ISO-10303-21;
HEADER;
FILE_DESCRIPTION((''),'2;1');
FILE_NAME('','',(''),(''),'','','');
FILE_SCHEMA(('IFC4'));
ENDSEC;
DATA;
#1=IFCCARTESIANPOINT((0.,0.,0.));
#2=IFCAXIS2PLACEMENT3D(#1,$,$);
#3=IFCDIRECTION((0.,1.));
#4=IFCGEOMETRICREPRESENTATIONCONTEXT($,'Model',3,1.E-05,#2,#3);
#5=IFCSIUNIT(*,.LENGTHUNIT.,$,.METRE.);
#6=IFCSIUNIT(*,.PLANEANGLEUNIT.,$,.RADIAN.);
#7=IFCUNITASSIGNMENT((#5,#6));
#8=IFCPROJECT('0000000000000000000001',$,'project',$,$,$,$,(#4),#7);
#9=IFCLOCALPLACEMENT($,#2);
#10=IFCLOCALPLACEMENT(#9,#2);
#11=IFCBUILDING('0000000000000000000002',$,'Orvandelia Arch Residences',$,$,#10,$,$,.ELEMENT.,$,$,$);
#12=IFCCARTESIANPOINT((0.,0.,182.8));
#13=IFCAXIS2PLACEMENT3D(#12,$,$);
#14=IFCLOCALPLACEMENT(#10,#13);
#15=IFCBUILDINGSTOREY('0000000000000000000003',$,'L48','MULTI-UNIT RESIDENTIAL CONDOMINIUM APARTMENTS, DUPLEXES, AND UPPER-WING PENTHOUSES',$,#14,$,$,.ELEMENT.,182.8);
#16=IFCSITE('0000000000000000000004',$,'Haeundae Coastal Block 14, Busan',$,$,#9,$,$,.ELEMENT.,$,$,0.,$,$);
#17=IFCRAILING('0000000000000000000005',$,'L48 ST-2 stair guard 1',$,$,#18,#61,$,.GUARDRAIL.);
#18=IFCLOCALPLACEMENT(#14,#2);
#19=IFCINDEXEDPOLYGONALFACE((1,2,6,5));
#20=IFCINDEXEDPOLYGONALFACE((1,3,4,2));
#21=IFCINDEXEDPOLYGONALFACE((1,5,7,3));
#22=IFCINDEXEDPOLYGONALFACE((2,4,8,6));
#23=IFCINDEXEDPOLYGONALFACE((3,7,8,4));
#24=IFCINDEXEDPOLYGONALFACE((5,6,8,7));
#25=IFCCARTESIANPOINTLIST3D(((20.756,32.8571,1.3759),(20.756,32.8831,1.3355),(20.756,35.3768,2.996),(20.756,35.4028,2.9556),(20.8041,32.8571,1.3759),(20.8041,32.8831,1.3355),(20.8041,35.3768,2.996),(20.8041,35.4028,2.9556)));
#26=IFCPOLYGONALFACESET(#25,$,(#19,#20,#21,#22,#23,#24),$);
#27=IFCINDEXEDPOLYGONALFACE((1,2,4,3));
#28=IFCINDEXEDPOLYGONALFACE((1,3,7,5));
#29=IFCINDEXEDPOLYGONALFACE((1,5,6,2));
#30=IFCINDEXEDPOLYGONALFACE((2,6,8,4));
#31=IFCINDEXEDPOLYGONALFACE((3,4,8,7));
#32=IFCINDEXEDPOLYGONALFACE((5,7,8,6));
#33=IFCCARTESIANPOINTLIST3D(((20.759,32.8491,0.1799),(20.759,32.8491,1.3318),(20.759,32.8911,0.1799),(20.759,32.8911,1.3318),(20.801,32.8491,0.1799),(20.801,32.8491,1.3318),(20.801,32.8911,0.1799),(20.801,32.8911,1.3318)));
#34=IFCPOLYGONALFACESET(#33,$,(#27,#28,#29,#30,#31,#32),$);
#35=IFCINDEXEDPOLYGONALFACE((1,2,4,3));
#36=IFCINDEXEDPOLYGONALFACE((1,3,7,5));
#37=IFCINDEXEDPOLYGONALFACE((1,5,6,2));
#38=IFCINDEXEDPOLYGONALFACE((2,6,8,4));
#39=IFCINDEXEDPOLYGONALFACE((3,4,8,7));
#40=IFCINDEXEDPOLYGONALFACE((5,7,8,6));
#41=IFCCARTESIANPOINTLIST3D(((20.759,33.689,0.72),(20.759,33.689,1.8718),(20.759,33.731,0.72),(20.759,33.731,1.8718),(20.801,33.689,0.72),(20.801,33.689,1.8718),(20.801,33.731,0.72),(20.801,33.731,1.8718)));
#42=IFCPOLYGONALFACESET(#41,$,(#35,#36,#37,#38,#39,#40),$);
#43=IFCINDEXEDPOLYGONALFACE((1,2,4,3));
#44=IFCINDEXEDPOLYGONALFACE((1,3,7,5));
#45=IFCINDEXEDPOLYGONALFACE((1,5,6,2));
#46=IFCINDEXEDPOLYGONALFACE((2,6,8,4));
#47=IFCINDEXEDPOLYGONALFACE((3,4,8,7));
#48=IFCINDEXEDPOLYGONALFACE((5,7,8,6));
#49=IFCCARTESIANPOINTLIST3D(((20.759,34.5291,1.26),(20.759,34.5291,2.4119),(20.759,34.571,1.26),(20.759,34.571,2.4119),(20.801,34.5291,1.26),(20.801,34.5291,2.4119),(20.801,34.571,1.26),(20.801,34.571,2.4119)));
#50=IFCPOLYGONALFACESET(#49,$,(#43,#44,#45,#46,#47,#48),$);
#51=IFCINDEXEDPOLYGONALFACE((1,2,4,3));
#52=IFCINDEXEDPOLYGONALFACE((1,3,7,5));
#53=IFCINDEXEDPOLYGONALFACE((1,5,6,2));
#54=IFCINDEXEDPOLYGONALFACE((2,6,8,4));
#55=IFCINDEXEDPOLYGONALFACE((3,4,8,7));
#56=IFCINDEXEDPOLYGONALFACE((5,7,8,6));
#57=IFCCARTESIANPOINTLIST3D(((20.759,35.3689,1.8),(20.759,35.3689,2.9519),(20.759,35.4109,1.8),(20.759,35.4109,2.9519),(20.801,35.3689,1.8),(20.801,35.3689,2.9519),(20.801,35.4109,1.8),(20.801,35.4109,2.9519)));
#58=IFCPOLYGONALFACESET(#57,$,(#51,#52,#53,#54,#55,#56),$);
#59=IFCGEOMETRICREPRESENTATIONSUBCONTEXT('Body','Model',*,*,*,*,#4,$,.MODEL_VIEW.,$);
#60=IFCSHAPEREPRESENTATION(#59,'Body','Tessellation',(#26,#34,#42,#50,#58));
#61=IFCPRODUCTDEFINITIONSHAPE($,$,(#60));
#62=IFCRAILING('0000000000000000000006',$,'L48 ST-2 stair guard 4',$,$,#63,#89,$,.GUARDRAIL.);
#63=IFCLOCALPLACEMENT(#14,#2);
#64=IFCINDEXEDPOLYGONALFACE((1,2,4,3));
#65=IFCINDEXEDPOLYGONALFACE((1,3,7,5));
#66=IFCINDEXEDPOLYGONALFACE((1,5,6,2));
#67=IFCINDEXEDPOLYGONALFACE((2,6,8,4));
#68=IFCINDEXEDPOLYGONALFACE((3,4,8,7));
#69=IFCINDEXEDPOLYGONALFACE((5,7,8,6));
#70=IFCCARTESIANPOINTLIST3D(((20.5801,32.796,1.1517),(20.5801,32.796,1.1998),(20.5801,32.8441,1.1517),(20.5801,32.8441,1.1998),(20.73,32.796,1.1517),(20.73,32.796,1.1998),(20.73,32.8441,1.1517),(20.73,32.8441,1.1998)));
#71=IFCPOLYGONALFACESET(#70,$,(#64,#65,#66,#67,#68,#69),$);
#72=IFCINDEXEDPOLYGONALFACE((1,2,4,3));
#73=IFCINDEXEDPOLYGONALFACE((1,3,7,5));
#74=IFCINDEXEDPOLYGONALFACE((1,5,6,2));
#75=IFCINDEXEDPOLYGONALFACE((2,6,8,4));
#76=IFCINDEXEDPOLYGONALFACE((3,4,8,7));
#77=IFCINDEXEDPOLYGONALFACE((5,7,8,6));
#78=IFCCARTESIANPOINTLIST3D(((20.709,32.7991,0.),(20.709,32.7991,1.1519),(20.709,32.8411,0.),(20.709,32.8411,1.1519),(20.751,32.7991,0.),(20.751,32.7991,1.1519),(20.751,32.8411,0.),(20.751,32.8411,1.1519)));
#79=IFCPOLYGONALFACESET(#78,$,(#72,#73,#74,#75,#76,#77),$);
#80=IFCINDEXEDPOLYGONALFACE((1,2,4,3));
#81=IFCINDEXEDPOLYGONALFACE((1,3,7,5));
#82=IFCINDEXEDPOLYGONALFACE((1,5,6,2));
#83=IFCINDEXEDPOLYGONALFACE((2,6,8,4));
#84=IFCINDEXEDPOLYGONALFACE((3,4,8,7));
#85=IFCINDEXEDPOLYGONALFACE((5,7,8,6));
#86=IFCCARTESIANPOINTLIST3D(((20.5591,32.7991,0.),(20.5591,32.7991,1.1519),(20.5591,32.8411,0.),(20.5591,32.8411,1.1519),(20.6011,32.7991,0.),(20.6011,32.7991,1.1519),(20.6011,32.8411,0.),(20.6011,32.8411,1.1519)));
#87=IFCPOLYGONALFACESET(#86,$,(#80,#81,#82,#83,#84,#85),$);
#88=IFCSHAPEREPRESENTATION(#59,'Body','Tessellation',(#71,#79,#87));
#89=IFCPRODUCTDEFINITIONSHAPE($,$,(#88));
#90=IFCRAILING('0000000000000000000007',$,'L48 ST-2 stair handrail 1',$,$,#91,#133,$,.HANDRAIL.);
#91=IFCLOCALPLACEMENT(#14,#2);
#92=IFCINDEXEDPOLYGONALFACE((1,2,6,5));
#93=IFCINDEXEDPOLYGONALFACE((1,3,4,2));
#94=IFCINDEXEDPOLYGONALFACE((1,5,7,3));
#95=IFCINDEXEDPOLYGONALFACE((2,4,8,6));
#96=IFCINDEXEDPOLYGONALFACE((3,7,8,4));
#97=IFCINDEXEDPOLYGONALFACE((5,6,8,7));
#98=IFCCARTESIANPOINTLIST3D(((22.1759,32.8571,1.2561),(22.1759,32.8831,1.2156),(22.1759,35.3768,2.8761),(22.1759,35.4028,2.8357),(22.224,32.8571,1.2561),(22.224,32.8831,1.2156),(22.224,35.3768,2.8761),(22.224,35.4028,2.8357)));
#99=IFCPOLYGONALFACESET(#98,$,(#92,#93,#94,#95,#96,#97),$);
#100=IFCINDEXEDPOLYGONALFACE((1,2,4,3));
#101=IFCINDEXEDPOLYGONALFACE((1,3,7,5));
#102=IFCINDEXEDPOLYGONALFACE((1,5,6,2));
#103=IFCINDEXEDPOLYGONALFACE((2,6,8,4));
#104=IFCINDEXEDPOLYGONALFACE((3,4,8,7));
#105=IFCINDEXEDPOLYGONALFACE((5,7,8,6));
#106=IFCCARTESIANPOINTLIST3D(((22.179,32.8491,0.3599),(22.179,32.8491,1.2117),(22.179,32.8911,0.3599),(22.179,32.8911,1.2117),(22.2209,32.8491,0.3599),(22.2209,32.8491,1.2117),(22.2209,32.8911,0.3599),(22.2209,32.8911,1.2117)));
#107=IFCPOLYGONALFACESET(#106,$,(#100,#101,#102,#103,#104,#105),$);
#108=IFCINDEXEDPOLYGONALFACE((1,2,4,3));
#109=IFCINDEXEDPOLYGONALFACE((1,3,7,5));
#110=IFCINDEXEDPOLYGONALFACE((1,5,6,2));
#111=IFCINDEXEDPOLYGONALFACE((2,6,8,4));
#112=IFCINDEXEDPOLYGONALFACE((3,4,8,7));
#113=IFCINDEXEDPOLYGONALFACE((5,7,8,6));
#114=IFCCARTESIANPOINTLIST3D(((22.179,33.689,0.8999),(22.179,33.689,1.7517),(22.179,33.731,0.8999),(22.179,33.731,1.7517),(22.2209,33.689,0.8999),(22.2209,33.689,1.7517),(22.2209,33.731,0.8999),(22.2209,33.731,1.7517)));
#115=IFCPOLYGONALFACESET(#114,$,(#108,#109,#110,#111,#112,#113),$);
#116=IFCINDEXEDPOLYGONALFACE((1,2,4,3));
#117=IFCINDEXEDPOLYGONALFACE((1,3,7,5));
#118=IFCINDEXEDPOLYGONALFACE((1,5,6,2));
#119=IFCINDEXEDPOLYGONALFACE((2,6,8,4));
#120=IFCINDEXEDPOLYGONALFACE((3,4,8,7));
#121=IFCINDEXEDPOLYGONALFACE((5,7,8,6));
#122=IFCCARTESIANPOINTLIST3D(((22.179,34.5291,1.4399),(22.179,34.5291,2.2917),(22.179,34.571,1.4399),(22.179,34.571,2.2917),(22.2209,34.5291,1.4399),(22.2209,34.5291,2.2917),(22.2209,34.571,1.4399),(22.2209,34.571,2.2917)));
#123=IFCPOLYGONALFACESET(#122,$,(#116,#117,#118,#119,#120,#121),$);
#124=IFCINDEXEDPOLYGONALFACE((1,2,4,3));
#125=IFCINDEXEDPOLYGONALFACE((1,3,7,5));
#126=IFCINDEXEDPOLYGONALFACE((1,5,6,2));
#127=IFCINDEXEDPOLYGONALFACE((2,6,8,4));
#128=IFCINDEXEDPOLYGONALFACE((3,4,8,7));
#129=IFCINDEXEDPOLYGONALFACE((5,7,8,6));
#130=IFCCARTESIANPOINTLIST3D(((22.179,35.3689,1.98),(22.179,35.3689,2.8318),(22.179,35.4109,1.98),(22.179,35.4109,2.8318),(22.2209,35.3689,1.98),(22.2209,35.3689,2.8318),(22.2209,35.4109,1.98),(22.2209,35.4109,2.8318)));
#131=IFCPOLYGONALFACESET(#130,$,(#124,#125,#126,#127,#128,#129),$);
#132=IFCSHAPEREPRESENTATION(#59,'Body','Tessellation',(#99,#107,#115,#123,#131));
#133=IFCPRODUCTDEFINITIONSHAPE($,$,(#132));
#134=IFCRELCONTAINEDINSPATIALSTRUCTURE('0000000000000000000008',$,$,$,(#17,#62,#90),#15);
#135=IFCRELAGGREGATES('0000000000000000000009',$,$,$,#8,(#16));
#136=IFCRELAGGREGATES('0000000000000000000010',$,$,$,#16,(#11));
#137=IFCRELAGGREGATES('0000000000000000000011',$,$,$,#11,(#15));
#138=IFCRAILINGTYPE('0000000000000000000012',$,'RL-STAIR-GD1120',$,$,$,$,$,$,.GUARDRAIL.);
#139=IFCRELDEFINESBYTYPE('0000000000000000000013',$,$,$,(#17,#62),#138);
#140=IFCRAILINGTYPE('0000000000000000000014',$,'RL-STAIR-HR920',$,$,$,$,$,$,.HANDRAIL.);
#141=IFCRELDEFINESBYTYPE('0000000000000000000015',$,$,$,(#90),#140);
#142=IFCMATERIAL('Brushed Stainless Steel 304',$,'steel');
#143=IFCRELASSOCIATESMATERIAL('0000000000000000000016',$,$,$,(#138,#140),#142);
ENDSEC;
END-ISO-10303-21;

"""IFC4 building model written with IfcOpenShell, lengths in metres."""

from ifc_helpers import new_model, si_unit, direction, frame, origin, origin_2d, place, context, subcontext, project, spatial, rectangle, extrude, material, type_object, element, save


model = new_model("IFC4")

# Units and contexts
model_context = context("Model", 3, precision=1e-05, world=origin(), true_north=direction((0.0, 1.0)))
body_context = subcontext(model_context, "Body", "Model", "MODEL_VIEW")
ifc_project = project(units=[si_unit("LENGTHUNIT", "METRE"), si_unit("PLANEANGLEUNIT", "RADIAN")], contexts=[model_context])

# Site, building, storey
site_placement = place(None, origin())
site = spatial("IfcSite", under=ifc_project, at=site_placement, Name="Haeundae Coastal Block 14, Busan", CompositionType="ELEMENT", RefElevation=0.0)
building_placement = place(site_placement, origin())
building = spatial("IfcBuilding", under=site, at=building_placement, Name="Orvandelia Arch Residences", CompositionType="ELEMENT")
storey_placement = place(building_placement, frame((0.0, 0.0, 182.8)))
storey = spatial("IfcBuildingStorey", under=building, at=storey_placement, Name="L48", Description="MULTI-UNIT RESIDENTIAL CONDOMINIUM APARTMENTS, DUPLEXES, AND UPPER-WING PENTHOUSES", CompositionType="ELEMENT", Elevation=182.8)

# Railings
ifc_material_1 = material(Name="Brushed Stainless Steel 304", Category="steel")
railing_type_1 = type_object("IfcRailingType", Name="RL-STAIR-GD1120", PredefinedType="GUARDRAIL", material=ifc_material_1)
railing_1_placement = place(storey_placement, frame((20.78, 32.8701, 0.1799)))
element("IfcRailing", 1, at=railing_1_placement, inside=storey, type_object=railing_type_1, Name="L48 ST-2 stair guard 1", PredefinedType="GUARDRAIL", context=body_context, shape_type="SweptSolid", body=[
    extrude(rectangle(XDim=0.0481, YDim=0.0481, at=origin_2d()), frame((0.0, 0.0, 1.1758), z_axis=(0.0, 0.841139, 0.540819), x_axis=(-1.0, 0.0, 0.0)), (0.0, 0.0, 1.0), 2.9956),
    extrude(rectangle(XDim=0.042, YDim=0.042, at=origin_2d()), origin(), (0.0, 0.0, 1.0), 1.1519),
    extrude(rectangle(XDim=0.042, YDim=0.042, at=origin_2d()), frame((0.0, 0.8398, 0.54)), (0.0, 0.0, 1.0), 1.1519),
    extrude(rectangle(XDim=0.042, YDim=0.042, at=origin_2d()), frame((0.0, 1.6799, 1.0801)), (0.0, 0.0, 1.0), 1.1519),
    extrude(rectangle(XDim=0.042, YDim=0.042, at=origin_2d()), frame((0.0, 2.5198, 1.6201)), (0.0, 0.0, 1.0), 1.1519),
])
railing_2_placement = place(storey_placement, frame((20.73, 32.8201, 0.0)))
element("IfcRailing", 2, at=railing_2_placement, inside=storey, type_object=railing_type_1, Name="L48 ST-2 stair guard 4", PredefinedType="GUARDRAIL", context=body_context, shape_type="SweptSolid", body=[
    extrude(rectangle(XDim=0.0481, YDim=0.0481, at=origin_2d()), frame((0.0, 0.0, 1.1758), z_axis=(-1.0, 0.0, 0.0), x_axis=(0.0, -1.0, 0.0)), (0.0, 0.0, 1.0), 0.1499),
    extrude(rectangle(XDim=0.042, YDim=0.042, at=origin_2d()), origin(), (0.0, 0.0, 1.0), 1.1519),
    extrude(rectangle(XDim=0.042, YDim=0.042, at=origin_2d()), frame((-0.1499, 0.0, 0.0)), (0.0, 0.0, 1.0), 1.1519),
])
railing_type_2 = type_object("IfcRailingType", Name="RL-STAIR-HR920", PredefinedType="HANDRAIL", material=ifc_material_1)
railing_3_placement = place(storey_placement, frame((22.2, 32.8701, 0.3599)))
element("IfcRailing", 3, at=railing_3_placement, inside=storey, type_object=railing_type_2, Name="L48 ST-2 stair handrail 1", PredefinedType="HANDRAIL", context=body_context, shape_type="SweptSolid", body=[
    extrude(rectangle(XDim=0.0481, YDim=0.0481, at=origin_2d()), frame((0.0, 0.0, 0.876), z_axis=(0.0, 0.841139, 0.540819), x_axis=(-1.0, 0.0, 0.0)), (0.0, 0.0, 1.0), 2.9956),
    extrude(rectangle(XDim=0.042, YDim=0.042, at=origin_2d()), origin(), (0.0, 0.0, 1.0), 0.8518),
    extrude(rectangle(XDim=0.042, YDim=0.042, at=origin_2d()), frame((0.0, 0.8398, 0.54)), (0.0, 0.0, 1.0), 0.8518),
    extrude(rectangle(XDim=0.042, YDim=0.042, at=origin_2d()), frame((0.0, 1.6799, 1.0801)), (0.0, 0.0, 1.0), 0.8518),
    extrude(rectangle(XDim=0.042, YDim=0.042, at=origin_2d()), frame((0.0, 2.5198, 1.6201)), (0.0, 0.0, 1.0), 0.8518),
])

save(model, "model.ifc")
